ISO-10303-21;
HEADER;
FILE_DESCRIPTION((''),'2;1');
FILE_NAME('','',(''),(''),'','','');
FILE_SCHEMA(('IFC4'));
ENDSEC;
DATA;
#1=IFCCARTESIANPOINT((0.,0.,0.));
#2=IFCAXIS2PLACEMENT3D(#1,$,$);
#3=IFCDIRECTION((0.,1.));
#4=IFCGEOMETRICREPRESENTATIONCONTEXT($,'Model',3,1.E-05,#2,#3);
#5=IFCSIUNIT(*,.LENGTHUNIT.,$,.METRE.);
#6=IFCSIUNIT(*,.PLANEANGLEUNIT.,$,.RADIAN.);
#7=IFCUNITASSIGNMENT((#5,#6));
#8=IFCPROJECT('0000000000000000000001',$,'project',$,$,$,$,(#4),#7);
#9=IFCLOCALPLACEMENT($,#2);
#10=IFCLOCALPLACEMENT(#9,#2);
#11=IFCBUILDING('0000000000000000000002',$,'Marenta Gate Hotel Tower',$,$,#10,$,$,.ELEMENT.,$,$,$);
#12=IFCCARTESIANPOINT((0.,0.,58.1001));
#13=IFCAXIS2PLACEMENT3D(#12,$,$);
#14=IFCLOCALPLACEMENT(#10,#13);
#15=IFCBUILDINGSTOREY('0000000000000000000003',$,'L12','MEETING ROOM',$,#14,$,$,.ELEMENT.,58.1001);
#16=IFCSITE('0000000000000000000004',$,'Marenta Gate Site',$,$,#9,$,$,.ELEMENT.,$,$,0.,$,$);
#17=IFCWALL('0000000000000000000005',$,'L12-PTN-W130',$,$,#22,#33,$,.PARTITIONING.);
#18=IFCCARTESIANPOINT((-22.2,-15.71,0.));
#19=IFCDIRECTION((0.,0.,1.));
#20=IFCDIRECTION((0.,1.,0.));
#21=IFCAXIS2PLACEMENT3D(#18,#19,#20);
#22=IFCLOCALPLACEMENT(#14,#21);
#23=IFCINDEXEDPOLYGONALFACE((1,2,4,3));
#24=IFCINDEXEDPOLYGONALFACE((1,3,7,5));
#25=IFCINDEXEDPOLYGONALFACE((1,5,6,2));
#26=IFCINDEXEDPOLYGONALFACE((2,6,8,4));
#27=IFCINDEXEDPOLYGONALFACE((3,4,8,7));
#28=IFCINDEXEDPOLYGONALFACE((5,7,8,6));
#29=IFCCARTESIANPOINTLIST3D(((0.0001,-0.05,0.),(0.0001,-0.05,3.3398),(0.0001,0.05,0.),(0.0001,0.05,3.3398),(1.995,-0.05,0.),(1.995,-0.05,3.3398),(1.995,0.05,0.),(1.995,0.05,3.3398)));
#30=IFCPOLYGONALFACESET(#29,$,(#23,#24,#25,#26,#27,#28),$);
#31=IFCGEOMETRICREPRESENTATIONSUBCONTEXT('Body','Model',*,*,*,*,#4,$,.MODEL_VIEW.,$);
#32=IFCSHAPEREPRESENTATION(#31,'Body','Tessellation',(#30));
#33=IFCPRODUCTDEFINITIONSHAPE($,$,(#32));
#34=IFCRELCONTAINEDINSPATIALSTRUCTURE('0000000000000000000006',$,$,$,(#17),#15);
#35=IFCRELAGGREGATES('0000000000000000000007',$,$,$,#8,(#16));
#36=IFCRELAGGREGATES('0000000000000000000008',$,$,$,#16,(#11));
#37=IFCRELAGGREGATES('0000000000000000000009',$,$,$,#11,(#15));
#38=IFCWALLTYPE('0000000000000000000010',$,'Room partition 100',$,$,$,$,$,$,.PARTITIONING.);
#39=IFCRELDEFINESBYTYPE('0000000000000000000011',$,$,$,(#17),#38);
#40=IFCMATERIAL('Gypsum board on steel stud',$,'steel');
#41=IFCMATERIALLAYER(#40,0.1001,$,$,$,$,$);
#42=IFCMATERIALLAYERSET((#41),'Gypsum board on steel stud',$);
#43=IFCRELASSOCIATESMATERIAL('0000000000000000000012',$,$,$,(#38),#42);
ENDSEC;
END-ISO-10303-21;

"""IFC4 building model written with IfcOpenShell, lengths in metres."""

from ifc_helpers import new_model, si_unit, direction, frame, frame_2d, origin, place, context, subcontext, project, spatial, rectangle, extrude, material, layer, layer_set, type_object, element, save


model = new_model("IFC4")

# Units and contexts
model_context = context("Model", 3, precision=1e-05, world=origin(), true_north=direction((0.0, 1.0)))
body_context = subcontext(model_context, "Body", "Model", "MODEL_VIEW")
ifc_project = project(units=[si_unit("LENGTHUNIT", "METRE"), si_unit("PLANEANGLEUNIT", "RADIAN")], contexts=[model_context])

# Site, building, storey
site_placement = place(None, origin())
site = spatial("IfcSite", under=ifc_project, at=site_placement, Name="Marenta Gate Site", CompositionType="ELEMENT", RefElevation=0.0)
building_placement = place(site_placement, origin())
building = spatial("IfcBuilding", under=site, at=building_placement, Name="Marenta Gate Hotel Tower", CompositionType="ELEMENT")
storey_placement = place(building_placement, frame((0.0, 0.0, 58.1001)))
storey = spatial("IfcBuildingStorey", under=building, at=storey_placement, Name="L12", Description="MEETING ROOM", CompositionType="ELEMENT", Elevation=58.1001)

# Shared definitions
ifc_material_1 = material(Name="Gypsum board on steel stud", Category="steel")
ifc_layer_1 = layer(ifc_material_1, 0.1001)
ifc_layer_set_1 = layer_set([ifc_layer_1], Name="Gypsum board on steel stud")
wall_type = type_object("IfcWallType", Name="Room partition 100", PredefinedType="PARTITIONING", material=ifc_layer_set_1)

# Wall
wall_1_placement = place(storey_placement, frame((-22.2, -15.71, 0.0), z_axis=(0.0, 0.0, 1.0), x_axis=(0.0, 1.0, 0.0)))
element("IfcWall", 1, at=wall_1_placement, inside=storey, type_object=wall_type, Name="L12-PTN-W130", PredefinedType="PARTITIONING", context=body_context, shape_type="SweptSolid", body=[
    extrude(rectangle(XDim=1.9949, YDim=0.1001, at=frame_2d((0.9976, 0.0))), origin(), (0.0, 0.0, 1.0), 3.3398),
])

save(model, "model.ifc")
